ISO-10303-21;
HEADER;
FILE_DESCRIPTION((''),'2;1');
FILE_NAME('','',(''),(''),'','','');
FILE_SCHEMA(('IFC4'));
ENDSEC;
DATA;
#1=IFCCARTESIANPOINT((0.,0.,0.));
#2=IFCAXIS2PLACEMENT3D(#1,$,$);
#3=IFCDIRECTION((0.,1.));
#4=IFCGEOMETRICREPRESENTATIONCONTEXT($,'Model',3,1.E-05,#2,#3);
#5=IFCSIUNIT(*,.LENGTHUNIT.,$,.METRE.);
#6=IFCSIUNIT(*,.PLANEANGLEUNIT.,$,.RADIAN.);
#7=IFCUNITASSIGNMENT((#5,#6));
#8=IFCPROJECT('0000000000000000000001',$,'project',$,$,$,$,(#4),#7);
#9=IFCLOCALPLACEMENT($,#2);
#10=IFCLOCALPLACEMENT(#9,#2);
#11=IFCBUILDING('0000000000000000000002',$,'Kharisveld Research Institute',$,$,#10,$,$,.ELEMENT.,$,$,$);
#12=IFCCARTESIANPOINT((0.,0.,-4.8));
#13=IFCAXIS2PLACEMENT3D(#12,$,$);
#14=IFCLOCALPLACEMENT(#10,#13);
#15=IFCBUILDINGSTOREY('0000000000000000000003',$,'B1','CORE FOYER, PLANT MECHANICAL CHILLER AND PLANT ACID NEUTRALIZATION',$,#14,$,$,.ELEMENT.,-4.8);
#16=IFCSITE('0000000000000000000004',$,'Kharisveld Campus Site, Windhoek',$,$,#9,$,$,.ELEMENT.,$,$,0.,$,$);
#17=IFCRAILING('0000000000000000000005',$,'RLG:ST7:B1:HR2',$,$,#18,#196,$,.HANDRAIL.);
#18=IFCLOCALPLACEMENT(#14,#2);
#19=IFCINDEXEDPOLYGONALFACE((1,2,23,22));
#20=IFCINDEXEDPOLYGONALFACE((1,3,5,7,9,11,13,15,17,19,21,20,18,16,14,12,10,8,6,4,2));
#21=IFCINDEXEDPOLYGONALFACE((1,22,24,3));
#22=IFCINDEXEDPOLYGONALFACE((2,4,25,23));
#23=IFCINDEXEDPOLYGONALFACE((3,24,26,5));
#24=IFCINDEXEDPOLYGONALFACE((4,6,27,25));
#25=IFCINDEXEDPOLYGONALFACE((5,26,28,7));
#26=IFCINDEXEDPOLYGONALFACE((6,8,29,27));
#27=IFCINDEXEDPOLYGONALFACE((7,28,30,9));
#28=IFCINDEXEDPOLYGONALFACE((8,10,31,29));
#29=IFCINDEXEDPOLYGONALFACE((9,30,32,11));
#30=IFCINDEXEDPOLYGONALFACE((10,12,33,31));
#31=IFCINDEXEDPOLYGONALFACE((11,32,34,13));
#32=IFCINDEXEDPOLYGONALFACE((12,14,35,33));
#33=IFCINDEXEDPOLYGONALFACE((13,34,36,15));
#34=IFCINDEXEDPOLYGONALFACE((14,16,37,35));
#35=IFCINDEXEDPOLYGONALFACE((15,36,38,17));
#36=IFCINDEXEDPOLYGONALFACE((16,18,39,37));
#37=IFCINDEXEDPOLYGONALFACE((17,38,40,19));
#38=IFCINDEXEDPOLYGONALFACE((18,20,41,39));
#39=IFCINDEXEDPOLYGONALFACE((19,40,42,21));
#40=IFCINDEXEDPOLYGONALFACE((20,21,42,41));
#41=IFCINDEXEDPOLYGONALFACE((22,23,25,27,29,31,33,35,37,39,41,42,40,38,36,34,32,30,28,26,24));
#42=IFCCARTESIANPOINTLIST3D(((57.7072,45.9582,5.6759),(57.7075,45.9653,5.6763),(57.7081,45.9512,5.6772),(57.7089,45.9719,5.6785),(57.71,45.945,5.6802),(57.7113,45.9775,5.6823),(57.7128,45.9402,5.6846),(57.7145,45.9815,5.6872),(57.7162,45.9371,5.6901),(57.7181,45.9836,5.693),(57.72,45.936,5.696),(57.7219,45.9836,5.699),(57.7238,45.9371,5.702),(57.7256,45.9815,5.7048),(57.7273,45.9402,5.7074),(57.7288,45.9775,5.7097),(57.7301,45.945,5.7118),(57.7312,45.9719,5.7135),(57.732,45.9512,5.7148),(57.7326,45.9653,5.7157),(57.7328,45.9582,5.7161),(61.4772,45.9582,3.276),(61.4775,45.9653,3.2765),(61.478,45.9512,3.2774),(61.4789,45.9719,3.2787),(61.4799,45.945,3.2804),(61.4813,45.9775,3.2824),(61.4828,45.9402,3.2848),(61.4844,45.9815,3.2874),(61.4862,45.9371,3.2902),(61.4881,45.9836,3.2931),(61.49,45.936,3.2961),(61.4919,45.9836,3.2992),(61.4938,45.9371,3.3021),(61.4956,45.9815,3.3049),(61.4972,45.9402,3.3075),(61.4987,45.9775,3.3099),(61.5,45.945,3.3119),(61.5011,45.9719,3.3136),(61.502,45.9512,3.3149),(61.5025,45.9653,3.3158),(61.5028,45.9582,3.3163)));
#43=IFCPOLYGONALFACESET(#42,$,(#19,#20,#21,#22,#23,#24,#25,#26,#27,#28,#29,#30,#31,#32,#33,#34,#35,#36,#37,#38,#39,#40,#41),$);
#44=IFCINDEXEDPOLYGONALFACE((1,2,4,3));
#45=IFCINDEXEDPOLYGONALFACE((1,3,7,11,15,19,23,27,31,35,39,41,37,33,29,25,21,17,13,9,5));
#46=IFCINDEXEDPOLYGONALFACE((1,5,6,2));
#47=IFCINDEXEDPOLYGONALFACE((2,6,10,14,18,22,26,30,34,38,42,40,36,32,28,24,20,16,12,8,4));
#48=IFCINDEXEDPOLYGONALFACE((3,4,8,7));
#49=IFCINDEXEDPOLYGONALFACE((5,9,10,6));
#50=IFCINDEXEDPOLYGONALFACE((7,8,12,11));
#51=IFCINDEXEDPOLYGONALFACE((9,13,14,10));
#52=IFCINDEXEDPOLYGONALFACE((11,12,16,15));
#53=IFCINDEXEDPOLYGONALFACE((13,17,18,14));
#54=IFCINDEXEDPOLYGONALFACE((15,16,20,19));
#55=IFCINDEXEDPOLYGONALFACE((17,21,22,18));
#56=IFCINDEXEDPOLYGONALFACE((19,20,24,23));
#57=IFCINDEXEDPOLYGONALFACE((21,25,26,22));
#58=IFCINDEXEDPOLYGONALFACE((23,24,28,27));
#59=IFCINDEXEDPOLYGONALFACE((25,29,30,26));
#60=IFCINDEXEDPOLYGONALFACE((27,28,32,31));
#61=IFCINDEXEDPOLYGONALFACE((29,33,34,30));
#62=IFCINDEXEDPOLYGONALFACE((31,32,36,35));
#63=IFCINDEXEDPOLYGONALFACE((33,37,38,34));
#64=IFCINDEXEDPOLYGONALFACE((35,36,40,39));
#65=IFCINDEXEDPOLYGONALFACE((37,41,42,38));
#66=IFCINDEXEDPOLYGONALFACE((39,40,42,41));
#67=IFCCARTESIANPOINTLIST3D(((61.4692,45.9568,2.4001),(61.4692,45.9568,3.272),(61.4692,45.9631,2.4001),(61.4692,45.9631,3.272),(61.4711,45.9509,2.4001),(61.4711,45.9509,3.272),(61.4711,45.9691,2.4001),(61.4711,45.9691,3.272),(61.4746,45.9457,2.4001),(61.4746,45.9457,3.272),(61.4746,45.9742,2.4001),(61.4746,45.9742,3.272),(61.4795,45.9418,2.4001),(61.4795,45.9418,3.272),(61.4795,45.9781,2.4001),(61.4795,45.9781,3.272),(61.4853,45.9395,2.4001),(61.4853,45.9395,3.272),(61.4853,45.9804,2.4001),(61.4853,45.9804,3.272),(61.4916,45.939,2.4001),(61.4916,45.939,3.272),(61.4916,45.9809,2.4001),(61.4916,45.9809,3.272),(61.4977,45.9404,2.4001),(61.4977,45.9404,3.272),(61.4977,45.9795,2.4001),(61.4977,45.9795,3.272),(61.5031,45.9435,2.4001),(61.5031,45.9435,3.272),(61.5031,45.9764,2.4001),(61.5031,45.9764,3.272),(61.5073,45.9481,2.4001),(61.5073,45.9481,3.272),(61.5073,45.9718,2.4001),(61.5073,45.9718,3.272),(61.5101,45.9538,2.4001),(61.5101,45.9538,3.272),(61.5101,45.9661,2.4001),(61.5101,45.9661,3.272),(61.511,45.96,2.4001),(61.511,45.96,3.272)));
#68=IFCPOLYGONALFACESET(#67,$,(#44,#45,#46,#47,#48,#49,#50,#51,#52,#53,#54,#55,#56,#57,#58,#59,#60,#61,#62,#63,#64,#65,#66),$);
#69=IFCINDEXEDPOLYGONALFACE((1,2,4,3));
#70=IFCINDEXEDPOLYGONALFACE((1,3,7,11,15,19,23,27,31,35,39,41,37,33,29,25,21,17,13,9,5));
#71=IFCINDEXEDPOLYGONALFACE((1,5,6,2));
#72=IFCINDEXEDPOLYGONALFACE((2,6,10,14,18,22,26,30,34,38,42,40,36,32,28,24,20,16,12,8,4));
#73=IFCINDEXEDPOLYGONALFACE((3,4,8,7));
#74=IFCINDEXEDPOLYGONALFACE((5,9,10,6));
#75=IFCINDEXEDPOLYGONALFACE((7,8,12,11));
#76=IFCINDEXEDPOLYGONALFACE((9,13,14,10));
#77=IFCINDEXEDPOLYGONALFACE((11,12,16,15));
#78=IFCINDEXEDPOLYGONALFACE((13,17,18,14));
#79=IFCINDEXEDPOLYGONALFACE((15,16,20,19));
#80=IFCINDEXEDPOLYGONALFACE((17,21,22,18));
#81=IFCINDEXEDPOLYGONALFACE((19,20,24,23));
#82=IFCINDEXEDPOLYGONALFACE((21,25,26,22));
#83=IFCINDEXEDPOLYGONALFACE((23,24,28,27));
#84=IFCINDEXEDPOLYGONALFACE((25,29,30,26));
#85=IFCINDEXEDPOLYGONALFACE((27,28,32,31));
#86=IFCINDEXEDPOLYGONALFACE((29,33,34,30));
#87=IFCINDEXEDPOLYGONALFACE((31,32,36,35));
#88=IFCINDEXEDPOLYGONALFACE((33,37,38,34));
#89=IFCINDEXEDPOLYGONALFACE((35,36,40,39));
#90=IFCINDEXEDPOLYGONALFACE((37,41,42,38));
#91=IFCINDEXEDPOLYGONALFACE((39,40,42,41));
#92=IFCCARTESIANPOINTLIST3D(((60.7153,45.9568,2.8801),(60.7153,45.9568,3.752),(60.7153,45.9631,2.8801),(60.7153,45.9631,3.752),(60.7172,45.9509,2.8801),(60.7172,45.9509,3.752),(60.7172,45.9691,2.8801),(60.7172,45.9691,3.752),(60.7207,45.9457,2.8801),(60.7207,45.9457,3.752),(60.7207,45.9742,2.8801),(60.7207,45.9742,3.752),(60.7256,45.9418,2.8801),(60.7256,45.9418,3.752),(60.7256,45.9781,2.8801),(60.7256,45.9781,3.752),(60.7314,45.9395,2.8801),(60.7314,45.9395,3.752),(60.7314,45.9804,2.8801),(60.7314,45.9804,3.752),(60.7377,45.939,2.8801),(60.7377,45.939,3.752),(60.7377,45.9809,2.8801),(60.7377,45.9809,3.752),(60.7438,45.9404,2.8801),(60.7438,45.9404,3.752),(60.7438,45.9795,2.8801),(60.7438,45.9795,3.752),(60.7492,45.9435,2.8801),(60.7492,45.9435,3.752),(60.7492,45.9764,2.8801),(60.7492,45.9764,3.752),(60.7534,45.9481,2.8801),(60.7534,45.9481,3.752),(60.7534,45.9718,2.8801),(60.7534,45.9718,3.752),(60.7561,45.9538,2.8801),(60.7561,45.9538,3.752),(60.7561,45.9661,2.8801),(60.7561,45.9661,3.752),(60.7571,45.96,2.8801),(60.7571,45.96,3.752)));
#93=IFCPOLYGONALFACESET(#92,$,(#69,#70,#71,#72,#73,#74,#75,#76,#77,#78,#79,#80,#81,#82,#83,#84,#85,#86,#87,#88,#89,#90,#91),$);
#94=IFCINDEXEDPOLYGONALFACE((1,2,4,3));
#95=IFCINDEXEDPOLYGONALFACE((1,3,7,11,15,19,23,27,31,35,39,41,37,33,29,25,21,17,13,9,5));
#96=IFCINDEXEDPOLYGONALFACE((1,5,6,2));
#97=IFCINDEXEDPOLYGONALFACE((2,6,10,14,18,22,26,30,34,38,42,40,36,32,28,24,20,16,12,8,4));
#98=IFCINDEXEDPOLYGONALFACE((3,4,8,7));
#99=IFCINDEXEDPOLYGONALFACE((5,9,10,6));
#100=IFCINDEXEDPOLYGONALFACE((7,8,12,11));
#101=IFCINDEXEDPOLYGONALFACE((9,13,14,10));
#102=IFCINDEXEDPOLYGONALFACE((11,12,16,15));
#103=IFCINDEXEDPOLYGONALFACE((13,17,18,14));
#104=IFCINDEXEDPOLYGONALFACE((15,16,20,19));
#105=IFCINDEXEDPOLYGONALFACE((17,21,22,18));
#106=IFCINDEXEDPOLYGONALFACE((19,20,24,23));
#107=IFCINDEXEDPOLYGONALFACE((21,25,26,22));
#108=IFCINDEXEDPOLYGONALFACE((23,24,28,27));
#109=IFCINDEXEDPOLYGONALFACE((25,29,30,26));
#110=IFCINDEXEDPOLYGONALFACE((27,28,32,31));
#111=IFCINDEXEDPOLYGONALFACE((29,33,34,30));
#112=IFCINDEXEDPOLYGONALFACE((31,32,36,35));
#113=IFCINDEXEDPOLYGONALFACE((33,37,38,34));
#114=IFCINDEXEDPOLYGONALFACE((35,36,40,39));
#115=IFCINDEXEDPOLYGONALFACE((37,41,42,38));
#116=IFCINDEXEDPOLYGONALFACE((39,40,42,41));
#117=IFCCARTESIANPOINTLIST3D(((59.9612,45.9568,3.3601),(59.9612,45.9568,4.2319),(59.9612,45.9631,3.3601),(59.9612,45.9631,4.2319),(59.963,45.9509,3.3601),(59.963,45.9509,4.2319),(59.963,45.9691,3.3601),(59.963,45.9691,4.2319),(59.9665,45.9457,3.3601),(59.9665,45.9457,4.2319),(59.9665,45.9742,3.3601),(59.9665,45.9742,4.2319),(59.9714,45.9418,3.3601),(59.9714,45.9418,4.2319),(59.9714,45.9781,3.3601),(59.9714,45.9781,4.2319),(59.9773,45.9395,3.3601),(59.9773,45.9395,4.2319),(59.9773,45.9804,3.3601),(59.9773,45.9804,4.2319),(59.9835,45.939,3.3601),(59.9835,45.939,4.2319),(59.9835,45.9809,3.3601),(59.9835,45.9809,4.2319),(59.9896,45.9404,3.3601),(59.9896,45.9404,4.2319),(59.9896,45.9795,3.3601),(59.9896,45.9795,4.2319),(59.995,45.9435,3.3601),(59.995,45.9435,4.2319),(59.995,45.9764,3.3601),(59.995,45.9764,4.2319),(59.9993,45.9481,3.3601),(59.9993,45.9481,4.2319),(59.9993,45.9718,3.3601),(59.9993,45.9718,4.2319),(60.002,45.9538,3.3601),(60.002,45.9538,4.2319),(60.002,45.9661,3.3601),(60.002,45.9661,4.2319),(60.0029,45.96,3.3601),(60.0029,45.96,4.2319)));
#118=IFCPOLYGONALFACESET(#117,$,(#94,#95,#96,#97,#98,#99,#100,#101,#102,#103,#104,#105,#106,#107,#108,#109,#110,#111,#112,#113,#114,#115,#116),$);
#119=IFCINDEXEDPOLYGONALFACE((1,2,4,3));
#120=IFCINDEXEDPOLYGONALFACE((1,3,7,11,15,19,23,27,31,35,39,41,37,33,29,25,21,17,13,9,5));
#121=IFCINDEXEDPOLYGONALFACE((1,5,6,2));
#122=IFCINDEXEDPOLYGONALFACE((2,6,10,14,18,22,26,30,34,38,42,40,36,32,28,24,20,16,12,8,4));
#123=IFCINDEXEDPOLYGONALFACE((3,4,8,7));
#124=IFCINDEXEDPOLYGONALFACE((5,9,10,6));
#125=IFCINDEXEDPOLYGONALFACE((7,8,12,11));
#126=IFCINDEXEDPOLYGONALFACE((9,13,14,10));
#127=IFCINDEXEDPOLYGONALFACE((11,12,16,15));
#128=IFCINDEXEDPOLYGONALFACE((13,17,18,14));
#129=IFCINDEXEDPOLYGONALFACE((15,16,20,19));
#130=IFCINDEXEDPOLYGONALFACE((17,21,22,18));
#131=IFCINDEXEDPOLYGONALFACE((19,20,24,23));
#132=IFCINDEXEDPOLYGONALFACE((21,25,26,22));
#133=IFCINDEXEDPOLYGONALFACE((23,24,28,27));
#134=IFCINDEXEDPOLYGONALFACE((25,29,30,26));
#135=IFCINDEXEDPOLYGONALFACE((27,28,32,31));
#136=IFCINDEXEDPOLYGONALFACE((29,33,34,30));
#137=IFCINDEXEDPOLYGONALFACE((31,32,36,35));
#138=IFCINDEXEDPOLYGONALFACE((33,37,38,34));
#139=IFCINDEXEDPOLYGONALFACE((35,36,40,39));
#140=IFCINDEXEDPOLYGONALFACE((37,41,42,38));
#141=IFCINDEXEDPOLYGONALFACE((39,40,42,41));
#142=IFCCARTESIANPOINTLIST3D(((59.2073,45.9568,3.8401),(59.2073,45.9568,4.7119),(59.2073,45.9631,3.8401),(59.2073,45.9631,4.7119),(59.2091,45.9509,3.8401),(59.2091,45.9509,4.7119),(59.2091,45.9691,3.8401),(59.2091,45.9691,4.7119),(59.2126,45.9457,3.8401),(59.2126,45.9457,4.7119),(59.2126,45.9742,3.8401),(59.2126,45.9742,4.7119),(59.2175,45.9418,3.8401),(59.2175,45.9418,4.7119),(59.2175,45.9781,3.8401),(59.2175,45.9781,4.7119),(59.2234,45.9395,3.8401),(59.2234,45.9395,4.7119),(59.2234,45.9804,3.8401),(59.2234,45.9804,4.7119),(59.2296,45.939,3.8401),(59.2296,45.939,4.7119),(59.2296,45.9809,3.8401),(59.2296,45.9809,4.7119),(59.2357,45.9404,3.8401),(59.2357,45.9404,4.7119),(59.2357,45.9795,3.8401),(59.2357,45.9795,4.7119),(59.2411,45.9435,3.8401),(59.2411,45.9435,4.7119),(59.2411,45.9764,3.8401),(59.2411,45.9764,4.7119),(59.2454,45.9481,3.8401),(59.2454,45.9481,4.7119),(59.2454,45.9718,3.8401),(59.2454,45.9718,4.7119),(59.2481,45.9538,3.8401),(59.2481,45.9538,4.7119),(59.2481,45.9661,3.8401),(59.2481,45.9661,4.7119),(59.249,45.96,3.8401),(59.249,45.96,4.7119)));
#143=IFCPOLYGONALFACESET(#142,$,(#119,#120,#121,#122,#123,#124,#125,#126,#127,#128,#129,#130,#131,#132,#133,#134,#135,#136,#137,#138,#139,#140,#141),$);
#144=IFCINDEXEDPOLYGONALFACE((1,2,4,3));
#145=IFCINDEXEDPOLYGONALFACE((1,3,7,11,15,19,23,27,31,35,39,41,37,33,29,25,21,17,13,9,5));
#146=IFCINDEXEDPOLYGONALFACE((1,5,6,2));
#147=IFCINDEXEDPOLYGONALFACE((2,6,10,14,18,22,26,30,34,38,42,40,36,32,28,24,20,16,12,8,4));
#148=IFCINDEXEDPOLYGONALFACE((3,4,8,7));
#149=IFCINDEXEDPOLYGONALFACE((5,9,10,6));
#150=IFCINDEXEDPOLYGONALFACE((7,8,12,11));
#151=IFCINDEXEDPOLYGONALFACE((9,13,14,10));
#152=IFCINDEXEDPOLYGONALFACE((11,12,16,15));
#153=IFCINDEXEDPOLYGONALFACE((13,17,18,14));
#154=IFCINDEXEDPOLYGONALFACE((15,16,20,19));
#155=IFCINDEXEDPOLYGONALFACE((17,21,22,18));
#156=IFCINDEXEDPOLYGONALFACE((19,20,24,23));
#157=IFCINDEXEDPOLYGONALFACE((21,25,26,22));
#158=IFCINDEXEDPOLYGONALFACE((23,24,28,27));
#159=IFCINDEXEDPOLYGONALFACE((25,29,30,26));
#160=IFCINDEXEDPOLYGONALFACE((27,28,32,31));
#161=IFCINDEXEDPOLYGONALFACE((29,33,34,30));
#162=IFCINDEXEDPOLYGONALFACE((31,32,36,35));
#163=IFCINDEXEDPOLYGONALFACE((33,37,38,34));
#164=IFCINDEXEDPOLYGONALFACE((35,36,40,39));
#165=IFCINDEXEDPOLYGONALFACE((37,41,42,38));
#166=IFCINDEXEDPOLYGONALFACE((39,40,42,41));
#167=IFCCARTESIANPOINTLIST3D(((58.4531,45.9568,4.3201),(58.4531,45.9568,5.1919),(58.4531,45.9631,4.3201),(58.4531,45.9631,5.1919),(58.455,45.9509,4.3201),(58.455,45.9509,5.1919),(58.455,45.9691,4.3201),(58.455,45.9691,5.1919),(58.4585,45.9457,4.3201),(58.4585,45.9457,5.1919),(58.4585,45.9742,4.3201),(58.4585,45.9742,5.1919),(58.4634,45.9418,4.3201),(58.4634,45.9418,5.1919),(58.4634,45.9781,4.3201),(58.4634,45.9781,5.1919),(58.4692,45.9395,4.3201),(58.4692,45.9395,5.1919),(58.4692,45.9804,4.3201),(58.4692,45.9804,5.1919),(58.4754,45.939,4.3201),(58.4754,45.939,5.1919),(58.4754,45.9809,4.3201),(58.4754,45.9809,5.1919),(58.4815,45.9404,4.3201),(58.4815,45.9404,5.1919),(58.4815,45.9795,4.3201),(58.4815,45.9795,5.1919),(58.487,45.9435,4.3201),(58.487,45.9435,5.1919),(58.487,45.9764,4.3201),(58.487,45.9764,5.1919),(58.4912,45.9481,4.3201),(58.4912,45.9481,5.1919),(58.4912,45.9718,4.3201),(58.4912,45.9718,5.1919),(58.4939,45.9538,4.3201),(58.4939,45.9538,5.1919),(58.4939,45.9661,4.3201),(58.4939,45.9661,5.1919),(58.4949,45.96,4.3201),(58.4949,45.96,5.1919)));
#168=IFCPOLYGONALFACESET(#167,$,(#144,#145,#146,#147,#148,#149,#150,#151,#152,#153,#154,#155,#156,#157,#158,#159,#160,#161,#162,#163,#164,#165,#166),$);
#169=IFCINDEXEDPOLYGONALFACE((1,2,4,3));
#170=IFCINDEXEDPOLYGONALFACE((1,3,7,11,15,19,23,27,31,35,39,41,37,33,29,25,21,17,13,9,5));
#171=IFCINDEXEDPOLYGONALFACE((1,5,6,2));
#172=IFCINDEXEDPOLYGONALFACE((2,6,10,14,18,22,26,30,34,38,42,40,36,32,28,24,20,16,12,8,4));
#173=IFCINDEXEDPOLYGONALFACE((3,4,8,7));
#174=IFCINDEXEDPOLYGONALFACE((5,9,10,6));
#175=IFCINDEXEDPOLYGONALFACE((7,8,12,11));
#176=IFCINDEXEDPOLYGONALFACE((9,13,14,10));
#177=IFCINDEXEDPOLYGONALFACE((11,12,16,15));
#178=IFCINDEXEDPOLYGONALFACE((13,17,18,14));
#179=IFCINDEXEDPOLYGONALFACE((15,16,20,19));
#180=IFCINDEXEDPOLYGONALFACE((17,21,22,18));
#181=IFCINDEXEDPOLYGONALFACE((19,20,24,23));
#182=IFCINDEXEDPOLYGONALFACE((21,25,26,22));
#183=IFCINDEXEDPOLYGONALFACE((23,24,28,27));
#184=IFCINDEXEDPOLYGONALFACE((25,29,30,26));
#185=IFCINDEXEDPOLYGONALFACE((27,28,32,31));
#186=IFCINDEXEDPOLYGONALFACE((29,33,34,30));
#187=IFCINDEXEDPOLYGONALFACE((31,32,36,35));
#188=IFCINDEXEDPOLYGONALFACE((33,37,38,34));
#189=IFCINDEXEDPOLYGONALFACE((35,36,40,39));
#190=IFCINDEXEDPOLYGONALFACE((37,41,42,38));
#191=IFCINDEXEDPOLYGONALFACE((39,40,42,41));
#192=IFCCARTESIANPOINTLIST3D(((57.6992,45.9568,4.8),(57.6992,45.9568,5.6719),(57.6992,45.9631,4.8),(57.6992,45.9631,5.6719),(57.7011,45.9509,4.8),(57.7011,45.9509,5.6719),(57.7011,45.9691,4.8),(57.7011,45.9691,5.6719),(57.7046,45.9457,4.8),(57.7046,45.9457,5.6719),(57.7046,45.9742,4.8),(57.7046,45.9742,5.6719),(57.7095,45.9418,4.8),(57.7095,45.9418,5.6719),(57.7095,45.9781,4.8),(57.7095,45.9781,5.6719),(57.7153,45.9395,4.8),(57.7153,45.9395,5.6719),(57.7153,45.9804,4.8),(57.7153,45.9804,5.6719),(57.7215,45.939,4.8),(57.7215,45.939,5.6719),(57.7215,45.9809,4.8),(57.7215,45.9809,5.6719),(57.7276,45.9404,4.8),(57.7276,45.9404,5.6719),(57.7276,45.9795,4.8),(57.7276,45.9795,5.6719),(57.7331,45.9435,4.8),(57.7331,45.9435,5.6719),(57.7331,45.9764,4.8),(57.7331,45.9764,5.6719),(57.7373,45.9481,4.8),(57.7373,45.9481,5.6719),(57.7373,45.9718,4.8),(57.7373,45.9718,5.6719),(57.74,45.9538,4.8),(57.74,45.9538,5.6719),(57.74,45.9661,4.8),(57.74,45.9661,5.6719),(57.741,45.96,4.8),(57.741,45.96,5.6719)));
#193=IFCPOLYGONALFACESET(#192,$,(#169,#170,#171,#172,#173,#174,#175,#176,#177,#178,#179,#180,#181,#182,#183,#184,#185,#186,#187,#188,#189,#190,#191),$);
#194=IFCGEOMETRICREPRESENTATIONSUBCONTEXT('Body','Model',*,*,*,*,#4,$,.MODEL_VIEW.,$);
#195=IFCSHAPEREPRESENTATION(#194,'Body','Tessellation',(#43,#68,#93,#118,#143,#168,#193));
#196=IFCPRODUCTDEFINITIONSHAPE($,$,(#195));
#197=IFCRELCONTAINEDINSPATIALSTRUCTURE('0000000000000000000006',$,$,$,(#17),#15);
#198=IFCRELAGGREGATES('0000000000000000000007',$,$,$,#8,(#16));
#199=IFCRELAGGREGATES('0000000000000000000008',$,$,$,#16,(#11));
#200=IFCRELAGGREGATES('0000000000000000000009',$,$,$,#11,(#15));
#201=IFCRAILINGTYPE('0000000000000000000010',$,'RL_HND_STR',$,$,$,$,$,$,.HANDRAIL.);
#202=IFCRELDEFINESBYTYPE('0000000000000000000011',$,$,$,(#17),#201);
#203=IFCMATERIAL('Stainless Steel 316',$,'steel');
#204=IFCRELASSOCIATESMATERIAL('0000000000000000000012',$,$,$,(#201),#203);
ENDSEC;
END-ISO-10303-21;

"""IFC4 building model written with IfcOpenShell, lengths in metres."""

from ifc_helpers import new_model, si_unit, direction, frame, origin, origin_2d, place, context, subcontext, project, spatial, circle, extrude, material, type_object, element, save


model = new_model("IFC4")

# Units and contexts
model_context = context("Model", 3, precision=1e-05, world=origin(), true_north=direction((0.0, 1.0)))
body_context = subcontext(model_context, "Body", "Model", "MODEL_VIEW")
ifc_project = project(units=[si_unit("LENGTHUNIT", "METRE"), si_unit("PLANEANGLEUNIT", "RADIAN")], contexts=[model_context])

# Site, building, storey
site_placement = place(None, origin())
site = spatial("IfcSite", under=ifc_project, at=site_placement, Name="Kharisveld Campus Site, Windhoek", CompositionType="ELEMENT", RefElevation=0.0)
building_placement = place(site_placement, origin())
building = spatial("IfcBuilding", under=site, at=building_placement, Name="Kharisveld Research Institute", CompositionType="ELEMENT")
storey_placement = place(building_placement, frame((0.0, 0.0, -4.8)))
storey = spatial("IfcBuildingStorey", under=building, at=storey_placement, Name="B1", Description="CORE FOYER, PLANT MECHANICAL CHILLER AND PLANT ACID NEUTRALIZATION", CompositionType="ELEMENT", Elevation=-4.8)

# Railing
ifc_material_1 = material(Name="Stainless Steel 316", Category="steel")
railing_type_1 = type_object("IfcRailingType", Name="RL_HND_STR", PredefinedType="HANDRAIL", material=ifc_material_1)
railing_1_placement = place(storey_placement, frame((61.49, 45.96, 2.4001)))
element("IfcRailing", 1, at=railing_1_placement, inside=storey, type_object=railing_type_1, Name="RLG:ST7:B1:HR2", PredefinedType="HANDRAIL", context=body_context, shape_type="SweptSolid", body=[
    extrude(circle(Radius=0.0239, at=origin_2d()), frame((0.0, 0.0, 0.896), z_axis=(-0.84358, 0.0, 0.537003), x_axis=(0.0, -1.0, 0.0)), (0.0, 0.0, 1.0), 4.469),
    extrude(circle(Radius=0.021, at=origin_2d()), origin(), (0.0, 0.0, 1.0), 0.8718),
    extrude(circle(Radius=0.021, at=origin_2d()), frame((-0.7539, 0.0, 0.48)), (0.0, 0.0, 1.0), 0.8718),
    extrude(circle(Radius=0.021, at=origin_2d()), frame((-1.5081, 0.0, 0.96)), (0.0, 0.0, 1.0), 0.8718),
    extrude(circle(Radius=0.021, at=origin_2d()), frame((-2.262, 0.0, 1.4399)), (0.0, 0.0, 1.0), 0.8718),
    extrude(circle(Radius=0.021, at=origin_2d()), frame((-3.0161, 0.0, 1.9199)), (0.0, 0.0, 1.0), 0.8718),
    extrude(circle(Radius=0.021, at=origin_2d()), frame((-3.77, 0.0, 2.3999)), (0.0, 0.0, 1.0), 0.8718),
])

save(model, "model.ifc")
